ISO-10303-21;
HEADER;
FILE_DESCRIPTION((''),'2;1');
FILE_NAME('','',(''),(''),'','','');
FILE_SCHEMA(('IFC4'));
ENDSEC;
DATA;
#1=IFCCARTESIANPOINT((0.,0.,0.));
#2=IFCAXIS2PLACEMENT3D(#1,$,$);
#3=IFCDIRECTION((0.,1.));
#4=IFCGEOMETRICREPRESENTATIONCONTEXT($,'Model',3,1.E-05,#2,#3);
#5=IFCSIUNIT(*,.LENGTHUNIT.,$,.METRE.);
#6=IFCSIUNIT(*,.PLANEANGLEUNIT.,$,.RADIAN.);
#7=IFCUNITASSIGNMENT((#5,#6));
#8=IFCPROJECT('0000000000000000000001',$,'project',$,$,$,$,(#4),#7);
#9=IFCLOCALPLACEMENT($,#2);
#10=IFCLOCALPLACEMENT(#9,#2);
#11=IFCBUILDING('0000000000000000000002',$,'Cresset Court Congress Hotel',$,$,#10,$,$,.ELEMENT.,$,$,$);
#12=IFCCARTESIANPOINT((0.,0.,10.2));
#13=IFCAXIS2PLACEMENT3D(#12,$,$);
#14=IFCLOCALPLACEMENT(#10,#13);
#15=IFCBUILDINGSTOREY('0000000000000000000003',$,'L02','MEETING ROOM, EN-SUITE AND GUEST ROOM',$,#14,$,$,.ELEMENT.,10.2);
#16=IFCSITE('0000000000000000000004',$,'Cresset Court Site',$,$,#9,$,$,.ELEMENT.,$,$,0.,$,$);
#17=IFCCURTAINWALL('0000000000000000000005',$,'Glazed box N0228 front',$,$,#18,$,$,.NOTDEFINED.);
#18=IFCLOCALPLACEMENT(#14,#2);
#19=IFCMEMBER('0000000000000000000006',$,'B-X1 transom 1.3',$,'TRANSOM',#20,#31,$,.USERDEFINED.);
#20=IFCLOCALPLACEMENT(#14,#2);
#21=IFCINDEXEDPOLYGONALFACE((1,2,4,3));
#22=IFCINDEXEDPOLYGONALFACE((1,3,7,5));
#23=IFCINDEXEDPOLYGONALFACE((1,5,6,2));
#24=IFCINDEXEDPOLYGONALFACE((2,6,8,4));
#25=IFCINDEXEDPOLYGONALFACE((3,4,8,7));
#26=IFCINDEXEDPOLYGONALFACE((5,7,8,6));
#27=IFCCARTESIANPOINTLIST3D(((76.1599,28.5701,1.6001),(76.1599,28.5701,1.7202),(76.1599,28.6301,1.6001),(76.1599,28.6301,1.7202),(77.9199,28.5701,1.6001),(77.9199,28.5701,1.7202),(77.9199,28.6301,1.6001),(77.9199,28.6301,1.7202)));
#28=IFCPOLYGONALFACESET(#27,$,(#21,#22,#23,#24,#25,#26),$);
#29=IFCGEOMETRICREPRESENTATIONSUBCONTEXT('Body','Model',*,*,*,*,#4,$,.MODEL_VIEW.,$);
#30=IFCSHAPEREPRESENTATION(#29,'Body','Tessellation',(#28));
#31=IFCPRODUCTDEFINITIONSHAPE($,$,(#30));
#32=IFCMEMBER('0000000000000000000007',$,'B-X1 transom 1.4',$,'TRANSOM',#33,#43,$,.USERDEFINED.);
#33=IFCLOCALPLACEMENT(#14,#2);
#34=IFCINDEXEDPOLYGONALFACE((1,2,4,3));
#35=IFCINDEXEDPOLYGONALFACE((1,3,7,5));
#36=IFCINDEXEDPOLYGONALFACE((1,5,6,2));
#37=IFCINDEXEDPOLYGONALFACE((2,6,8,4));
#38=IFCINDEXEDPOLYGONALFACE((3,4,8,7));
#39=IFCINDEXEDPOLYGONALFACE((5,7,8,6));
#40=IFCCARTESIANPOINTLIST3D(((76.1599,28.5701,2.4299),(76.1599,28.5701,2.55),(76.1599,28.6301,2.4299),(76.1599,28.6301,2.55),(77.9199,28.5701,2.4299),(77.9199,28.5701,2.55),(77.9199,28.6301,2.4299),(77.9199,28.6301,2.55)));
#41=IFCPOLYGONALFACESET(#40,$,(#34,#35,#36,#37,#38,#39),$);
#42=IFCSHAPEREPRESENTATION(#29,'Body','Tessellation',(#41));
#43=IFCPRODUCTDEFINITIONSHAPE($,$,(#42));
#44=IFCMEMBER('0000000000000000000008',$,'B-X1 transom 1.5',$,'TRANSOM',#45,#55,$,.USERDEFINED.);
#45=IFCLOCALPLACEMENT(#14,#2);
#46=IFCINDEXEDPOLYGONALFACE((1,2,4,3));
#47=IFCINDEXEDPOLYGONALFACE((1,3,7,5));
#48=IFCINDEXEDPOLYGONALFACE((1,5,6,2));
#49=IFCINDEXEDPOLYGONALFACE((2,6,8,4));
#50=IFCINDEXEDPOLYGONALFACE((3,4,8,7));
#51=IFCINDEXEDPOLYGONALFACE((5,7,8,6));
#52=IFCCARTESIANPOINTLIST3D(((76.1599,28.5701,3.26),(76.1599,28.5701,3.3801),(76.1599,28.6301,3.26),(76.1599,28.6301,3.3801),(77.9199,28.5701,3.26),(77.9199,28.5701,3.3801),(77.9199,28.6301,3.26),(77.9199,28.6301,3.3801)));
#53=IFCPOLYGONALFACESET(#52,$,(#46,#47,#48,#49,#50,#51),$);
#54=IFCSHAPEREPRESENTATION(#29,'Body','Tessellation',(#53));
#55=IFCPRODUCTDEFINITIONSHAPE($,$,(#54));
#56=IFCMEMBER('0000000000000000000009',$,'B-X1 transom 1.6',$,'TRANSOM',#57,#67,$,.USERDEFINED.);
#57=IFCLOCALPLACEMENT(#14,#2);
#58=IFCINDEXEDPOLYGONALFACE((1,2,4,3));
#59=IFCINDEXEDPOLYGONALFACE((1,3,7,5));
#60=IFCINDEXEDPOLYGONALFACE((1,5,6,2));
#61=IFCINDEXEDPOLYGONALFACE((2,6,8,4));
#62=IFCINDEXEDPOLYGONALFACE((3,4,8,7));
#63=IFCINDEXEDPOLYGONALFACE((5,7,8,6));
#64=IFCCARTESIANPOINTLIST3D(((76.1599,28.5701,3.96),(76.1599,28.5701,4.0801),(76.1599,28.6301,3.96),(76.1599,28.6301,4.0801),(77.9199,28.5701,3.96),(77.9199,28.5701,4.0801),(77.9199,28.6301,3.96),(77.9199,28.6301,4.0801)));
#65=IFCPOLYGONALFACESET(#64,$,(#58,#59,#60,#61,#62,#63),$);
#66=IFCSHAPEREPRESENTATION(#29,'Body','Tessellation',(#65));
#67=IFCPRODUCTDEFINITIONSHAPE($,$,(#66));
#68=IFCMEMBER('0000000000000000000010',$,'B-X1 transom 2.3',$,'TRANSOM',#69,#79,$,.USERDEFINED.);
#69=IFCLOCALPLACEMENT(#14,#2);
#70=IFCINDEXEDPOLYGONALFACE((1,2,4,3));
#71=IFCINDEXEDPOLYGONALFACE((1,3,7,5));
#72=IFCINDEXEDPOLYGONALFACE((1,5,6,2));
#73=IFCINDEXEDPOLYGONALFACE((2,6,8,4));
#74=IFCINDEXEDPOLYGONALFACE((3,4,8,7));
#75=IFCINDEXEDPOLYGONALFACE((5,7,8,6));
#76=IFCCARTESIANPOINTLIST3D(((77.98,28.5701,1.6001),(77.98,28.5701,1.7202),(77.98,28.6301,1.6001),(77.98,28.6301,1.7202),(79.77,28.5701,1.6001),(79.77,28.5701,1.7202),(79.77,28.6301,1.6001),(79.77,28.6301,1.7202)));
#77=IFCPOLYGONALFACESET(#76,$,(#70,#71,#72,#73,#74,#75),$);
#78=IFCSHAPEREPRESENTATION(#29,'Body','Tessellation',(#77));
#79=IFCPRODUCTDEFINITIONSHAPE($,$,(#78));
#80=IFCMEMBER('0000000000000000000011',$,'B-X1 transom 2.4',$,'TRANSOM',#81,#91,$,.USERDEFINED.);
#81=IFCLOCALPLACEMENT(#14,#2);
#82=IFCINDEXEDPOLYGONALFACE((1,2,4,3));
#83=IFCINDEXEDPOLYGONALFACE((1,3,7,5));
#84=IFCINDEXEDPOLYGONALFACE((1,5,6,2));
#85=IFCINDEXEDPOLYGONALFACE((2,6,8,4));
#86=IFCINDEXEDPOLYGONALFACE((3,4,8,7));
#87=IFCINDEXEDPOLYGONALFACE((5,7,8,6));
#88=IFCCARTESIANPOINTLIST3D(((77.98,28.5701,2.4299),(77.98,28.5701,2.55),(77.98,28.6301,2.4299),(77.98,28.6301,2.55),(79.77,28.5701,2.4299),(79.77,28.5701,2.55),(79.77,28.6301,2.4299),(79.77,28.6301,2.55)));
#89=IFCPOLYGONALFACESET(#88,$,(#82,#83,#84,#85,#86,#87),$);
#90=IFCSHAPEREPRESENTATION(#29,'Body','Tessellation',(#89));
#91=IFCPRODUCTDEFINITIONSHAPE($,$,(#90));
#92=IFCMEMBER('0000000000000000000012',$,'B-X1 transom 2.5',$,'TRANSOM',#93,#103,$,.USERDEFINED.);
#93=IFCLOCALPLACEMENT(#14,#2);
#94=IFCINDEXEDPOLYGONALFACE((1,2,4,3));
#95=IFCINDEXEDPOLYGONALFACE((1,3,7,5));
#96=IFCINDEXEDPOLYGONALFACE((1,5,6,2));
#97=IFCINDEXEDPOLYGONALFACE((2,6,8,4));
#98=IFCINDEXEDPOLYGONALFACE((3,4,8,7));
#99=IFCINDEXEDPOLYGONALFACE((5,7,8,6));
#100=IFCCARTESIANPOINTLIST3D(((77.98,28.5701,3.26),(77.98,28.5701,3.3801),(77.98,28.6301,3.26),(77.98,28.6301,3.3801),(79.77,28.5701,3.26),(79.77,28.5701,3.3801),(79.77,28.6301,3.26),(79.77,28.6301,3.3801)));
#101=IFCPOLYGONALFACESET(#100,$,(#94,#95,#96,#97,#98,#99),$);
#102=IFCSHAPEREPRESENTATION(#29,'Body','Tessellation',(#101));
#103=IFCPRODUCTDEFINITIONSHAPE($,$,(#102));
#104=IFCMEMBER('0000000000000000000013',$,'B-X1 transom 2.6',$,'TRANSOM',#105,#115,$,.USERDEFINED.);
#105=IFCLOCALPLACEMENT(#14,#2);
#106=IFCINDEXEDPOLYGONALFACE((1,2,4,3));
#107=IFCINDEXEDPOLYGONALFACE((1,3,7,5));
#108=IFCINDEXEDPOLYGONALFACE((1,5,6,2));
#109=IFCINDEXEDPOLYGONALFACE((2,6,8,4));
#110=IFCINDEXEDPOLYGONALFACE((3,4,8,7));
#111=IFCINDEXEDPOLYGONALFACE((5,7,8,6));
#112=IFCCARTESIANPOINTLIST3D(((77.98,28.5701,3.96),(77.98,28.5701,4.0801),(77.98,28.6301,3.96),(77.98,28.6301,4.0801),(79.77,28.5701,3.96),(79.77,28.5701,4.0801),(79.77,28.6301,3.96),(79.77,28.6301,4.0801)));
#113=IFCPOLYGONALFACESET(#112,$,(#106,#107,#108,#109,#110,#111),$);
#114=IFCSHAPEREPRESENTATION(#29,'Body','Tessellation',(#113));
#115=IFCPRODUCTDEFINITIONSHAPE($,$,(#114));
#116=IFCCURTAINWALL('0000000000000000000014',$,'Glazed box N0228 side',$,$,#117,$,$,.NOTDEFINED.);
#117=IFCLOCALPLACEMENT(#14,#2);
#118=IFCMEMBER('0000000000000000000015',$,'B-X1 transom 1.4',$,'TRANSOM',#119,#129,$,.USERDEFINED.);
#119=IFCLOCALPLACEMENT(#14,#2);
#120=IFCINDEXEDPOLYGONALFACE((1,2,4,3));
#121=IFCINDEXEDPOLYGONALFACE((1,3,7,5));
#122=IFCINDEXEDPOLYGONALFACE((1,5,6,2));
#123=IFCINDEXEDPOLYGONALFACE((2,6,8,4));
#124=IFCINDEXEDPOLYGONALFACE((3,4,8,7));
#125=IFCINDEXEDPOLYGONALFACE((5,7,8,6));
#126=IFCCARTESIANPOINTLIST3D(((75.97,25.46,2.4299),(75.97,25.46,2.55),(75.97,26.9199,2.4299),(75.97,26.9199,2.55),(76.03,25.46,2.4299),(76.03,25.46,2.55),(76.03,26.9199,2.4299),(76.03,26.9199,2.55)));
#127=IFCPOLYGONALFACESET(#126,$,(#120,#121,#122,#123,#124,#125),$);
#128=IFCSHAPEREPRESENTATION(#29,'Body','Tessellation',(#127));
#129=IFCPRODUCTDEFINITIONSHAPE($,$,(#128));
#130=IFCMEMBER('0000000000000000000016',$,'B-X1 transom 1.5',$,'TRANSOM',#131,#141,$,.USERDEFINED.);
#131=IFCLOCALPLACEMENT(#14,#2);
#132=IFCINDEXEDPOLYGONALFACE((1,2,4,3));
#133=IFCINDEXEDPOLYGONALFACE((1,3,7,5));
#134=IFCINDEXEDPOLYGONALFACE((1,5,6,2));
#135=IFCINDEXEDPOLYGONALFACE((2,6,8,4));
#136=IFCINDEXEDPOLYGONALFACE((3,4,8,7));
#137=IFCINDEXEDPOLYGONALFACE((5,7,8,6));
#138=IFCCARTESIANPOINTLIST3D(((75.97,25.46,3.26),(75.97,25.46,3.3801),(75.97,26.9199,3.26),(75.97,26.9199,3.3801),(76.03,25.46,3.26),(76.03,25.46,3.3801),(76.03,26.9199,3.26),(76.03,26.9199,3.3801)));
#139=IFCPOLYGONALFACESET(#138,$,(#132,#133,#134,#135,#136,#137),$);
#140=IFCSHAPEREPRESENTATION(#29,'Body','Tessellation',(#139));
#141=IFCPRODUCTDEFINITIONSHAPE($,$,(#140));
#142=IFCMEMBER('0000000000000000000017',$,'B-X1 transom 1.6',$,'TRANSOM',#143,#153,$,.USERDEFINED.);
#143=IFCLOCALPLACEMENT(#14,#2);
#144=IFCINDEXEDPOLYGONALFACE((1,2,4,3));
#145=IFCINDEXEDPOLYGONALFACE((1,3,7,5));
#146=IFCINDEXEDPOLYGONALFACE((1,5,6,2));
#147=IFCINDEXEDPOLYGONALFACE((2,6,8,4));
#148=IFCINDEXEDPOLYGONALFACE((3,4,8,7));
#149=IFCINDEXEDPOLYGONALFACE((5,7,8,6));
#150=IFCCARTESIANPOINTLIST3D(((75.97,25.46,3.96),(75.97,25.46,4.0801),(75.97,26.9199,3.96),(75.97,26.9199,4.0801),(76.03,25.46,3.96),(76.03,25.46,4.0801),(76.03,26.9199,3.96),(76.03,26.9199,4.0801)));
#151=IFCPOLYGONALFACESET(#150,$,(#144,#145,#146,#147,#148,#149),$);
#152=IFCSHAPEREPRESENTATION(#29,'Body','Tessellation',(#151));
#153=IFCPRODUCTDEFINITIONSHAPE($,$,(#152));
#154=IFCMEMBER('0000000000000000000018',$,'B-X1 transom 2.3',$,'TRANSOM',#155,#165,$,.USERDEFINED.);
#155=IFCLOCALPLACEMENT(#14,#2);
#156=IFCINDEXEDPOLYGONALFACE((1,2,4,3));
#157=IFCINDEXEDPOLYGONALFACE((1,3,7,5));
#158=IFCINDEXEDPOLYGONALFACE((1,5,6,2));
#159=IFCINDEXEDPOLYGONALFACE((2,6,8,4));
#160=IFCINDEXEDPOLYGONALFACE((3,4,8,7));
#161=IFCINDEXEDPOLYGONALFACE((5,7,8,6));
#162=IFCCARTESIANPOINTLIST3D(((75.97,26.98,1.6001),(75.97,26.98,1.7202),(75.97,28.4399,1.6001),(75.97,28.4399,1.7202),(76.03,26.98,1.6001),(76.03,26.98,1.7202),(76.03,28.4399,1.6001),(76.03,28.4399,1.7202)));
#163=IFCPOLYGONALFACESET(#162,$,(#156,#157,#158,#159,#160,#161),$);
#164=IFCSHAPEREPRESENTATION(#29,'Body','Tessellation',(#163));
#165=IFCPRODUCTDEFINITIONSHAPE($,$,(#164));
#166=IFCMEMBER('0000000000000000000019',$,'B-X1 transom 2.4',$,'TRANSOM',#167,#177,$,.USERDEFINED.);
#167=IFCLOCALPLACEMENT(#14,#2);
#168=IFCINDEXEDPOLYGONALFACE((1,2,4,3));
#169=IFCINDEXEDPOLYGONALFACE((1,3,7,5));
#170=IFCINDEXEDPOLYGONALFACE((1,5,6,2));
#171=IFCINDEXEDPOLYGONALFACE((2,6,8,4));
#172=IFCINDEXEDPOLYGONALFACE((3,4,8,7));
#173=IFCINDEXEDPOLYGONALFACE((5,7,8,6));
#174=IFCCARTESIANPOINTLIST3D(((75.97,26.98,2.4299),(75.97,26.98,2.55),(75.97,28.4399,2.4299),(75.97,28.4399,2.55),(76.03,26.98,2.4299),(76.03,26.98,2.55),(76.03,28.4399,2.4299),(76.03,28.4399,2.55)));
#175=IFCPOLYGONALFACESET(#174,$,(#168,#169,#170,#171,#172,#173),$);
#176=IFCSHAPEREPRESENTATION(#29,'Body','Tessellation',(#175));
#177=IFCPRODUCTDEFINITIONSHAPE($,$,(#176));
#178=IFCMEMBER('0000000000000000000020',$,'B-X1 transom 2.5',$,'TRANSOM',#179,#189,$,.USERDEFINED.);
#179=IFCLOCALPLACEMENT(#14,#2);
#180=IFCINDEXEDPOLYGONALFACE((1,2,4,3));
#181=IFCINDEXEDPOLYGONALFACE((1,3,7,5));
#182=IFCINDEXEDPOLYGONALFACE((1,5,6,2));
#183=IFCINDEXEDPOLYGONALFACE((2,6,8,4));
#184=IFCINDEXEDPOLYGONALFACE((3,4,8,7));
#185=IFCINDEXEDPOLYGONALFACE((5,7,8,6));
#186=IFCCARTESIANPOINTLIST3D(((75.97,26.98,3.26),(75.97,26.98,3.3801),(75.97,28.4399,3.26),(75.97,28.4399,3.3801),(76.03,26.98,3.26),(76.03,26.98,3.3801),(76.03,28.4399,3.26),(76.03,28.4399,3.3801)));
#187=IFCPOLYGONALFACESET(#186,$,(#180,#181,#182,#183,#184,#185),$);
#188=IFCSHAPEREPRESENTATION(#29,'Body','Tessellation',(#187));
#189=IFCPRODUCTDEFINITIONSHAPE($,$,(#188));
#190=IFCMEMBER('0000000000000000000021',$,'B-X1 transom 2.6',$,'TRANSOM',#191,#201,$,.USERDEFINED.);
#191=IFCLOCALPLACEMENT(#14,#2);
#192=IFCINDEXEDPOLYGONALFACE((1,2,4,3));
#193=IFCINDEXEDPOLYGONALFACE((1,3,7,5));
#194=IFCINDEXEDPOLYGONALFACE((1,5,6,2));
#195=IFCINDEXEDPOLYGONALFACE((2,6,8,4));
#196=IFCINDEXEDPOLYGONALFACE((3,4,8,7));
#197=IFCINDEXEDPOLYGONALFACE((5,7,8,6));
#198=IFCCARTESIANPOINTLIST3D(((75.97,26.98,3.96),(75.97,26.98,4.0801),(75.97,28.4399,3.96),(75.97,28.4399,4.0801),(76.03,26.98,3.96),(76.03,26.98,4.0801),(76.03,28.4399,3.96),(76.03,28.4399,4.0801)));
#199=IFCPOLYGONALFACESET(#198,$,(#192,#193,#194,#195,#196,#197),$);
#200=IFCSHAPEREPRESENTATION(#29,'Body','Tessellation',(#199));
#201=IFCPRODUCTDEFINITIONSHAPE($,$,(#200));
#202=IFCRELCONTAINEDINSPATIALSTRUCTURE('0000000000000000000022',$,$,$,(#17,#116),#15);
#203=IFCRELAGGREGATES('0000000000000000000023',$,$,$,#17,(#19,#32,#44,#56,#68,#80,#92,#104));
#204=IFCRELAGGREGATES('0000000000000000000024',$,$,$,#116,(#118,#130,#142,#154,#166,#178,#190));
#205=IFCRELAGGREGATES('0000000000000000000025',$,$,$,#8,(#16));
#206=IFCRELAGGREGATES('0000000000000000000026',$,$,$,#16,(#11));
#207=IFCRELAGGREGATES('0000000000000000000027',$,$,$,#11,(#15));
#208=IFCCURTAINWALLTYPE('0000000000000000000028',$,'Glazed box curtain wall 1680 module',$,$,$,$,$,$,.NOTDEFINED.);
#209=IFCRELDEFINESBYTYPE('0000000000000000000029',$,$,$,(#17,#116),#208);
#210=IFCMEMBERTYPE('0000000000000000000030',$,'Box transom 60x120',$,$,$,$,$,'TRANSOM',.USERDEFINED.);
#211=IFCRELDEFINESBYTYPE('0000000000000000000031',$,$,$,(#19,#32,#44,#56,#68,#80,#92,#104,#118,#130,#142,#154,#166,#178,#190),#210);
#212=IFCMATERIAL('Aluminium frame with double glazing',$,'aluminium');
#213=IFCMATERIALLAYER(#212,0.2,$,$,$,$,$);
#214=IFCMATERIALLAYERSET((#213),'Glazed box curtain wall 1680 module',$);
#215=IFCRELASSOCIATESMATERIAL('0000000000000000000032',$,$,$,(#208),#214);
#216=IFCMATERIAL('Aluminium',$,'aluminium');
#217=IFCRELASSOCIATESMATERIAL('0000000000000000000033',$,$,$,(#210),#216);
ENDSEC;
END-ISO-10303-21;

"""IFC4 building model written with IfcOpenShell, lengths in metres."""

from ifc_helpers import new_model, si_unit, direction, frame, origin, origin_2d, place, context, subcontext, project, spatial, rectangle, extrude, material, layer, layer_set, material_profile, profile_set, type_object, element, aggregate, save


model = new_model("IFC4")

# Units and contexts
model_context = context("Model", 3, precision=1e-05, world=origin(), true_north=direction((0.0, 1.0)))
body_context = subcontext(model_context, "Body", "Model", "MODEL_VIEW")
ifc_project = project(units=[si_unit("LENGTHUNIT", "METRE"), si_unit("PLANEANGLEUNIT", "RADIAN")], contexts=[model_context])

# Site, building, storey
site_placement = place(None, origin())
site = spatial("IfcSite", under=ifc_project, at=site_placement, Name="Cresset Court Site", CompositionType="ELEMENT", RefElevation=0.0)
building_placement = place(site_placement, origin())
building = spatial("IfcBuilding", under=site, at=building_placement, Name="Cresset Court Congress Hotel", CompositionType="ELEMENT")
storey_placement = place(building_placement, frame((0.0, 0.0, 10.2)))
storey = spatial("IfcBuildingStorey", under=building, at=storey_placement, Name="L02", Description="MEETING ROOM, EN-SUITE AND GUEST ROOM", CompositionType="ELEMENT", Elevation=10.2)

# Curtain walls, members
ifc_material_1 = material(Name="Aluminium frame with double glazing", Category="aluminium")
ifc_layer_1 = layer(ifc_material_1, 0.2)
ifc_layer_set_1 = layer_set([ifc_layer_1], Name="Glazed box curtain wall 1680 module")
curtain_wall_type = type_object("IfcCurtainWallType", Name="Glazed box curtain wall 1680 module", PredefinedType="NOTDEFINED", material=ifc_layer_set_1)
curtain_wall_1_placement = place(storey_placement, origin())
curtain_wall_1 = element("IfcCurtainWall", 1, at=curtain_wall_1_placement, inside=storey, type_object=curtain_wall_type, Name="Glazed box N0228 front", PredefinedType="NOTDEFINED")
ifc_material_2 = material(Name="Aluminium", Category="aluminium")
ifc_material_profile = material_profile(ifc_material_2, rectangle(XDim=0.0601, YDim=0.1201, at=origin_2d()), Name="Box transom 60x120")
ifc_profile_set = profile_set([ifc_material_profile], Name="Aluminium")
member_type = type_object("IfcMemberType", Name="Box transom 60x120", ElementType="TRANSOM", PredefinedType="USERDEFINED", material=ifc_profile_set)
member_1_placement = place(storey_placement, frame((76.1599, 28.6001, 1.6602), z_axis=(1.0, 0.0, 0.0), x_axis=(0.0, 1.0, 0.0)))
member_1 = element("IfcMember", 2, at=member_1_placement, type_object=member_type, Name="B-X1 transom 1.3", ObjectType="TRANSOM", PredefinedType="USERDEFINED", context=body_context, shape_type="SweptSolid", body=[
    extrude(rectangle(XDim=0.0601, YDim=0.1201, at=origin_2d()), origin(), (0.0, 0.0, 1.0), 1.76),
])
member_2_placement = place(storey_placement, frame((76.1599, 28.6001, 2.49), z_axis=(1.0, 0.0, 0.0), x_axis=(0.0, 1.0, 0.0)))
member_2 = element("IfcMember", 3, at=member_2_placement, type_object=member_type, Name="B-X1 transom 1.4", ObjectType="TRANSOM", PredefinedType="USERDEFINED", context=body_context, shape_type="SweptSolid", body=[
    extrude(rectangle(XDim=0.0601, YDim=0.1201, at=origin_2d()), origin(), (0.0, 0.0, 1.0), 1.76),
])
member_3_placement = place(storey_placement, frame((76.1599, 28.6001, 3.3201), z_axis=(1.0, 0.0, 0.0), x_axis=(0.0, 1.0, 0.0)))
member_3 = element("IfcMember", 4, at=member_3_placement, type_object=member_type, Name="B-X1 transom 1.5", ObjectType="TRANSOM", PredefinedType="USERDEFINED", context=body_context, shape_type="SweptSolid", body=[
    extrude(rectangle(XDim=0.0601, YDim=0.1201, at=origin_2d()), origin(), (0.0, 0.0, 1.0), 1.76),
])
member_4_placement = place(storey_placement, frame((76.1599, 28.6001, 4.02), z_axis=(1.0, 0.0, 0.0), x_axis=(0.0, 1.0, 0.0)))
member_4 = element("IfcMember", 5, at=member_4_placement, type_object=member_type, Name="B-X1 transom 1.6", ObjectType="TRANSOM", PredefinedType="USERDEFINED", context=body_context, shape_type="SweptSolid", body=[
    extrude(rectangle(XDim=0.0601, YDim=0.1201, at=origin_2d()), origin(), (0.0, 0.0, 1.0), 1.76),
])
member_5_placement = place(storey_placement, frame((77.98, 28.6001, 1.6602), z_axis=(1.0, 0.0, 0.0), x_axis=(0.0, 1.0, 0.0)))
member_5 = element("IfcMember", 6, at=member_5_placement, type_object=member_type, Name="B-X1 transom 2.3", ObjectType="TRANSOM", PredefinedType="USERDEFINED", context=body_context, shape_type="SweptSolid", body=[
    extrude(rectangle(XDim=0.0601, YDim=0.1201, at=origin_2d()), origin(), (0.0, 0.0, 1.0), 1.79),
])
member_6_placement = place(storey_placement, frame((77.98, 28.6001, 2.49), z_axis=(1.0, 0.0, 0.0), x_axis=(0.0, 1.0, 0.0)))
member_6 = element("IfcMember", 7, at=member_6_placement, type_object=member_type, Name="B-X1 transom 2.4", ObjectType="TRANSOM", PredefinedType="USERDEFINED", context=body_context, shape_type="SweptSolid", body=[
    extrude(rectangle(XDim=0.0601, YDim=0.1201, at=origin_2d()), origin(), (0.0, 0.0, 1.0), 1.79),
])
member_7_placement = place(storey_placement, frame((77.98, 28.6001, 3.3201), z_axis=(1.0, 0.0, 0.0), x_axis=(0.0, 1.0, 0.0)))
member_7 = element("IfcMember", 8, at=member_7_placement, type_object=member_type, Name="B-X1 transom 2.5", ObjectType="TRANSOM", PredefinedType="USERDEFINED", context=body_context, shape_type="SweptSolid", body=[
    extrude(rectangle(XDim=0.0601, YDim=0.1201, at=origin_2d()), origin(), (0.0, 0.0, 1.0), 1.79),
])
member_8_placement = place(storey_placement, frame((77.98, 28.6001, 4.02), z_axis=(1.0, 0.0, 0.0), x_axis=(0.0, 1.0, 0.0)))
member_8 = element("IfcMember", 9, at=member_8_placement, type_object=member_type, Name="B-X1 transom 2.6", ObjectType="TRANSOM", PredefinedType="USERDEFINED", context=body_context, shape_type="SweptSolid", body=[
    extrude(rectangle(XDim=0.0601, YDim=0.1201, at=origin_2d()), origin(), (0.0, 0.0, 1.0), 1.79),
])
curtain_wall_2_placement = place(storey_placement, origin())
curtain_wall_2 = element("IfcCurtainWall", 10, at=curtain_wall_2_placement, inside=storey, type_object=curtain_wall_type, Name="Glazed box N0228 side", PredefinedType="NOTDEFINED")
member_9_placement = place(storey_placement, frame((76.0, 25.46, 2.49), z_axis=(0.0, 1.0, 0.0), x_axis=(-1.0, 0.0, 0.0)))
member_9 = element("IfcMember", 11, at=member_9_placement, type_object=member_type, Name="B-X1 transom 1.4", ObjectType="TRANSOM", PredefinedType="USERDEFINED", context=body_context, shape_type="SweptSolid", body=[
    extrude(rectangle(XDim=0.0601, YDim=0.1201, at=origin_2d()), origin(), (0.0, 0.0, 1.0), 1.46),
])
member_10_placement = place(storey_placement, frame((76.0, 25.46, 3.3201), z_axis=(0.0, 1.0, 0.0), x_axis=(-1.0, 0.0, 0.0)))
member_10 = element("IfcMember", 12, at=member_10_placement, type_object=member_type, Name="B-X1 transom 1.5", ObjectType="TRANSOM", PredefinedType="USERDEFINED", context=body_context, shape_type="SweptSolid", body=[
    extrude(rectangle(XDim=0.0601, YDim=0.1201, at=origin_2d()), origin(), (0.0, 0.0, 1.0), 1.46),
])
member_11_placement = place(storey_placement, frame((76.0, 25.46, 4.02), z_axis=(0.0, 1.0, 0.0), x_axis=(-1.0, 0.0, 0.0)))
member_11 = element("IfcMember", 13, at=member_11_placement, type_object=member_type, Name="B-X1 transom 1.6", ObjectType="TRANSOM", PredefinedType="USERDEFINED", context=body_context, shape_type="SweptSolid", body=[
    extrude(rectangle(XDim=0.0601, YDim=0.1201, at=origin_2d()), origin(), (0.0, 0.0, 1.0), 1.46),
])
member_12_placement = place(storey_placement, frame((76.0, 26.98, 1.6602), z_axis=(0.0, 1.0, 0.0), x_axis=(-1.0, 0.0, 0.0)))
member_12 = element("IfcMember", 14, at=member_12_placement, type_object=member_type, Name="B-X1 transom 2.3", ObjectType="TRANSOM", PredefinedType="USERDEFINED", context=body_context, shape_type="SweptSolid", body=[
    extrude(rectangle(XDim=0.0601, YDim=0.1201, at=origin_2d()), origin(), (0.0, 0.0, 1.0), 1.46),
])
member_13_placement = place(storey_placement, frame((76.0, 26.98, 2.49), z_axis=(0.0, 1.0, 0.0), x_axis=(-1.0, 0.0, 0.0)))
member_13 = element("IfcMember", 15, at=member_13_placement, type_object=member_type, Name="B-X1 transom 2.4", ObjectType="TRANSOM", PredefinedType="USERDEFINED", context=body_context, shape_type="SweptSolid", body=[
    extrude(rectangle(XDim=0.0601, YDim=0.1201, at=origin_2d()), origin(), (0.0, 0.0, 1.0), 1.46),
])
member_14_placement = place(storey_placement, frame((76.0, 26.98, 3.3201), z_axis=(0.0, 1.0, 0.0), x_axis=(-1.0, 0.0, 0.0)))
member_14 = element("IfcMember", 16, at=member_14_placement, type_object=member_type, Name="B-X1 transom 2.5", ObjectType="TRANSOM", PredefinedType="USERDEFINED", context=body_context, shape_type="SweptSolid", body=[
    extrude(rectangle(XDim=0.0601, YDim=0.1201, at=origin_2d()), origin(), (0.0, 0.0, 1.0), 1.46),
])
member_15_placement = place(storey_placement, frame((76.0, 26.98, 4.02), z_axis=(0.0, 1.0, 0.0), x_axis=(-1.0, 0.0, 0.0)))
member_15 = element("IfcMember", 17, at=member_15_placement, type_object=member_type, Name="B-X1 transom 2.6", ObjectType="TRANSOM", PredefinedType="USERDEFINED", context=body_context, shape_type="SweptSolid", body=[
    extrude(rectangle(XDim=0.0601, YDim=0.1201, at=origin_2d()), origin(), (0.0, 0.0, 1.0), 1.46),
])

aggregate(curtain_wall_1, [member_1, member_2, member_3, member_4, member_5, member_6, member_7, member_8])
aggregate(curtain_wall_2, [member_9, member_10, member_11, member_12, member_13, member_14, member_15])

save(model, "model.ifc")
